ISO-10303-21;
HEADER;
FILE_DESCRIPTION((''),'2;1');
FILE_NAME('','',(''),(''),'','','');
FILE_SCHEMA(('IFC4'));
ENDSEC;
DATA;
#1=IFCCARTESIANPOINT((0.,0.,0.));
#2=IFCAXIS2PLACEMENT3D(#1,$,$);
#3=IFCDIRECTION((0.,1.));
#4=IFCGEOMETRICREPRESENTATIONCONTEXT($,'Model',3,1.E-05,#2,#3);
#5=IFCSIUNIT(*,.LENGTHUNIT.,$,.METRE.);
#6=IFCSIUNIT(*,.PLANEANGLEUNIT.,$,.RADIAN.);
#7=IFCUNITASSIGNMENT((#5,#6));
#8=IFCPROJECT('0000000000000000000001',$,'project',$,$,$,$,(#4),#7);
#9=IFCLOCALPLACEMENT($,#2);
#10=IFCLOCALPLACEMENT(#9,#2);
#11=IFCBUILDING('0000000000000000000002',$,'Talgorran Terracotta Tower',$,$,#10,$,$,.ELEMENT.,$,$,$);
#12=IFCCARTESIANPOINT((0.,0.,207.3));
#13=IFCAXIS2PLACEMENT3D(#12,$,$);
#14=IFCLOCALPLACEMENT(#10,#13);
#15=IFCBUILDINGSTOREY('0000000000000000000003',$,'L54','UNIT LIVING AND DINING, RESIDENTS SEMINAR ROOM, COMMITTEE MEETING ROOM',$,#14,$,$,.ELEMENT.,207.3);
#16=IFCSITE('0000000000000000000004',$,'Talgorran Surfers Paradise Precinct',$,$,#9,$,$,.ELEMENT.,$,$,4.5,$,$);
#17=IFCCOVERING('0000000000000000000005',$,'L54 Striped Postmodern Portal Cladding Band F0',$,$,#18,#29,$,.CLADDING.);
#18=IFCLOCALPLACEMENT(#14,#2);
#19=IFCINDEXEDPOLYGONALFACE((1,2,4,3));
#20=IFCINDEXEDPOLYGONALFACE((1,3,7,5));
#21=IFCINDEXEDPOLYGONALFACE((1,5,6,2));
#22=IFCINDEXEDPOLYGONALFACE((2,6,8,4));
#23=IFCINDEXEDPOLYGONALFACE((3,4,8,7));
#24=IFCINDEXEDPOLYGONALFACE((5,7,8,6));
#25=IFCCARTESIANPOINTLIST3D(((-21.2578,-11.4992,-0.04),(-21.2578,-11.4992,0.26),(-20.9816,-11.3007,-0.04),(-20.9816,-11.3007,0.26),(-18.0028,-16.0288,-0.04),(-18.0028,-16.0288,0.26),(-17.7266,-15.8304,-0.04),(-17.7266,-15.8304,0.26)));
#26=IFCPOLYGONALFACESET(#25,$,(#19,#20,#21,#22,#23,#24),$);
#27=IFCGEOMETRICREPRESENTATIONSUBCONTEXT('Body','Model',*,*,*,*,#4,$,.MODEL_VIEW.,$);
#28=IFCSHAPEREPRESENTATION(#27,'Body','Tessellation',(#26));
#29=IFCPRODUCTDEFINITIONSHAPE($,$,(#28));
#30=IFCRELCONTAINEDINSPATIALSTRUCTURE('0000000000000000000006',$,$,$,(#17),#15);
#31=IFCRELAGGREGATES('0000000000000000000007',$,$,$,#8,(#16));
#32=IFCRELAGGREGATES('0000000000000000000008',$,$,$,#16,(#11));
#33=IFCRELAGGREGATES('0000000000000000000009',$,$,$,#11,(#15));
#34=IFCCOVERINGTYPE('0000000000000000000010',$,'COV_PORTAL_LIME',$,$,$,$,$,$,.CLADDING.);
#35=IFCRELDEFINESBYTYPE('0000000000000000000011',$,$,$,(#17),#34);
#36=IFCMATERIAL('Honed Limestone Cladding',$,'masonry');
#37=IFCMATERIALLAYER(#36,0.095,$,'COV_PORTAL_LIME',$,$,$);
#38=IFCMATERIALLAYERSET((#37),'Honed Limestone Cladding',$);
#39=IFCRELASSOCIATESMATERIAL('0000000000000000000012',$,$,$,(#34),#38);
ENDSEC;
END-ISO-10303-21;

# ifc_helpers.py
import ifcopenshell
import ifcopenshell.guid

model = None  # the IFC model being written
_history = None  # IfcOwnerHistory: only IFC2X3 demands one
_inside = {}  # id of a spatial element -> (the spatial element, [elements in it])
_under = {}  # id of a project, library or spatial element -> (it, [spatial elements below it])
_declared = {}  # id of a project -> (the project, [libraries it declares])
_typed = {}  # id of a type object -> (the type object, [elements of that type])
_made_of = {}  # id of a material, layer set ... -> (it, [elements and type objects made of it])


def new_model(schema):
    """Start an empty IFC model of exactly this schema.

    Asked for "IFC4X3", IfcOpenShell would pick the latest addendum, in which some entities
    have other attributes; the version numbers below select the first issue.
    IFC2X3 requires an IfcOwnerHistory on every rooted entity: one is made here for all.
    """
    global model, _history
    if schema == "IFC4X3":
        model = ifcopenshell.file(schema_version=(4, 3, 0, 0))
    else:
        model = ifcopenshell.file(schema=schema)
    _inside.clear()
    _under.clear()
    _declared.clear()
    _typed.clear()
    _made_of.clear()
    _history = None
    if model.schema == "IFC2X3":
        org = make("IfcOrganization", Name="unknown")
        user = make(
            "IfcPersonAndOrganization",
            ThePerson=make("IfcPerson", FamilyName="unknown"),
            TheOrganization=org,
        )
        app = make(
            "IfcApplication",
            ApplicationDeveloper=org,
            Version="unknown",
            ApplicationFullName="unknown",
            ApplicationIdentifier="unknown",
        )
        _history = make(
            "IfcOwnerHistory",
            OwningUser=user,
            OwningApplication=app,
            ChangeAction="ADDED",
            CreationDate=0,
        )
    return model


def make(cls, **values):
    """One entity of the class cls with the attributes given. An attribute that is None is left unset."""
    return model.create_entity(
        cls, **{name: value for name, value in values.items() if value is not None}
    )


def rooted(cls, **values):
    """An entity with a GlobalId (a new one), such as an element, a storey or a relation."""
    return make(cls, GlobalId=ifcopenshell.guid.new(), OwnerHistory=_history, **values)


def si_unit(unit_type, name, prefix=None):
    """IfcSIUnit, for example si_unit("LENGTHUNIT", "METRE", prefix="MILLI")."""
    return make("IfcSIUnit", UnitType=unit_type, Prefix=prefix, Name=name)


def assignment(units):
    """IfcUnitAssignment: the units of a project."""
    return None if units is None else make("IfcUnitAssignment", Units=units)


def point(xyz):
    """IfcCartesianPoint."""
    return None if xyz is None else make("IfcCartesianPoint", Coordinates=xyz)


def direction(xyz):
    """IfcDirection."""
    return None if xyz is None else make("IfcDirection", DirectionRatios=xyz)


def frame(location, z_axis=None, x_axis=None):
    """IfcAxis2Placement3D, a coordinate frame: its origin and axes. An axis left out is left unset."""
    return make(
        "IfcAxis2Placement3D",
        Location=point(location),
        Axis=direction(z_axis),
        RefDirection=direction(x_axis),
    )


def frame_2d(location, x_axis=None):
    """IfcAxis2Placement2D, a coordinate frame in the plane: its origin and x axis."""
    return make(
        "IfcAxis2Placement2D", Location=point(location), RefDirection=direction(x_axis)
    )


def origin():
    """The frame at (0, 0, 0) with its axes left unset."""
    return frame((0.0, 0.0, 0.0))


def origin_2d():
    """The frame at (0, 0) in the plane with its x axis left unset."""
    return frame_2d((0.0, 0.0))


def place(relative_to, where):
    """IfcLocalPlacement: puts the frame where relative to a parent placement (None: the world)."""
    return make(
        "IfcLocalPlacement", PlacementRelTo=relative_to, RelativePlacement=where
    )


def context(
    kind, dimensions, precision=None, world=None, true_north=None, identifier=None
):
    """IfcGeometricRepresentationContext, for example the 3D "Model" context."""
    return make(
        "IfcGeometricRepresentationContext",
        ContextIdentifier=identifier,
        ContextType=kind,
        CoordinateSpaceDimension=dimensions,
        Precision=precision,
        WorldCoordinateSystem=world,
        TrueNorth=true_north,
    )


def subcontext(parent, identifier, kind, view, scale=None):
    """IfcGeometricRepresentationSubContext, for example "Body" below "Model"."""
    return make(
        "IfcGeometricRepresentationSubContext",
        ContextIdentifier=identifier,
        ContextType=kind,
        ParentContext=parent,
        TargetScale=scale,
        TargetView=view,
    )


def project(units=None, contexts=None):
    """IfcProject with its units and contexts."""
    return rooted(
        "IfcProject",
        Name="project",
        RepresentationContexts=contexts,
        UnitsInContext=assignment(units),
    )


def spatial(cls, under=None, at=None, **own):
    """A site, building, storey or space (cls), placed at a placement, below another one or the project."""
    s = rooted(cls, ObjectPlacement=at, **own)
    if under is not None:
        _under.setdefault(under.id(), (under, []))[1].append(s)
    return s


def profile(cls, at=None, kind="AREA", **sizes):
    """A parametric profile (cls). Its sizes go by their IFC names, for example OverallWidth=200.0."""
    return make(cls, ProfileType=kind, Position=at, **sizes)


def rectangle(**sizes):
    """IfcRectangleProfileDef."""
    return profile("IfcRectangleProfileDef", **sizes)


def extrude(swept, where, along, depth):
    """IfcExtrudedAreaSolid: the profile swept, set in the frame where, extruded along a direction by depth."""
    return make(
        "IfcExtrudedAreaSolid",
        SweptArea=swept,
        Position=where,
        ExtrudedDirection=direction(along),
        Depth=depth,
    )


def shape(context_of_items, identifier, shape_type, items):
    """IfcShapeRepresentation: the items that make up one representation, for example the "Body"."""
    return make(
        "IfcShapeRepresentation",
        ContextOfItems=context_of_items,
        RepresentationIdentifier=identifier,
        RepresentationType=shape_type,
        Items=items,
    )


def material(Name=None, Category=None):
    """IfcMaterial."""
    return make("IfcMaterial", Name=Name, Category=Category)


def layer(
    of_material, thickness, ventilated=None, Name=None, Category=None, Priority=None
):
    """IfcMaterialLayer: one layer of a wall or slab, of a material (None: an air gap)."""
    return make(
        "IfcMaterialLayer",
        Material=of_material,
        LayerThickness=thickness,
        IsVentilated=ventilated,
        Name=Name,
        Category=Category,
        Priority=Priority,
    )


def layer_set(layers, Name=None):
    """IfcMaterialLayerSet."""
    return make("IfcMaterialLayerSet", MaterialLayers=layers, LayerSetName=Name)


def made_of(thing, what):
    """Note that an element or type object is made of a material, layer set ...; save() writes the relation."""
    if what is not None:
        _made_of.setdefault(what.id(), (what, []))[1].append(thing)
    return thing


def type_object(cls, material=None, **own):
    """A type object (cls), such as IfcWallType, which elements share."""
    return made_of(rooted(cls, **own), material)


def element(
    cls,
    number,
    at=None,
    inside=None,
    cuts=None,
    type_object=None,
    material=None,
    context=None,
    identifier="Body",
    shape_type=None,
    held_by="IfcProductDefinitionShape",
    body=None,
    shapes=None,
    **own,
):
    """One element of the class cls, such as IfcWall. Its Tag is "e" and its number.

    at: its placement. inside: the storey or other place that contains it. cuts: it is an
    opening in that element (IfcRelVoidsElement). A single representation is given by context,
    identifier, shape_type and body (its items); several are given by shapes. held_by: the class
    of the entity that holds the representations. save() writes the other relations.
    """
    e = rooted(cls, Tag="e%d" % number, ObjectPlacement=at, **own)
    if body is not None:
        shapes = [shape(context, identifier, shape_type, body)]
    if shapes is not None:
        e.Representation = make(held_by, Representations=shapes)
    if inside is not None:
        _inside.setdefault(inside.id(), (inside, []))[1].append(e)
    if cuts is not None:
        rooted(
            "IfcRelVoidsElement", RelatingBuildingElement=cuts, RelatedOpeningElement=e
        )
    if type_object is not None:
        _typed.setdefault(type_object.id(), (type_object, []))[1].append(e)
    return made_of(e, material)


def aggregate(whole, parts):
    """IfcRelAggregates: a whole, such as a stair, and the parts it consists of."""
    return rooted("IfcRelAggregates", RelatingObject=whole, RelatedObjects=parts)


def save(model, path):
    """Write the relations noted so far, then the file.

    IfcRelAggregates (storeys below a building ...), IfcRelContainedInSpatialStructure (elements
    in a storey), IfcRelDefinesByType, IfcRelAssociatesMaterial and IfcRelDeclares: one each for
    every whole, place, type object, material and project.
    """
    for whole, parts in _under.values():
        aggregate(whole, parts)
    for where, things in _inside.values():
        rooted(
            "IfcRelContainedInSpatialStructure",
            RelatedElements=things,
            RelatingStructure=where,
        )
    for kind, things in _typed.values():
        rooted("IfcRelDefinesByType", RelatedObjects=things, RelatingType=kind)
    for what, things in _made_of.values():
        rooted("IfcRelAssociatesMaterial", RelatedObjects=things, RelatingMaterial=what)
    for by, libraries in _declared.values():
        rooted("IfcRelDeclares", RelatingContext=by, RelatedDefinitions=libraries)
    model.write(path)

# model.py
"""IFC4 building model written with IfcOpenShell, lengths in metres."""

from ifc_helpers import new_model, si_unit, direction, frame, origin, origin_2d, place, context, subcontext, project, spatial, rectangle, extrude, material, layer, layer_set, type_object, element, save


model = new_model("IFC4")

# Units and contexts
model_context = context("Model", 3, precision=1e-05, world=origin(), true_north=direction((0.0, 1.0)))
body_context = subcontext(model_context, "Body", "Model", "MODEL_VIEW")
ifc_project = project(units=[si_unit("LENGTHUNIT", "METRE"), si_unit("PLANEANGLEUNIT", "RADIAN")], contexts=[model_context])

# Site, building, storey
site_placement = place(None, origin())
site = spatial("IfcSite", under=ifc_project, at=site_placement, Name="Talgorran Surfers Paradise Precinct", CompositionType="ELEMENT", RefElevation=4.5)
building_placement = place(site_placement, origin())
building = spatial("IfcBuilding", under=site, at=building_placement, Name="Talgorran Terracotta Tower", CompositionType="ELEMENT")
storey_placement = place(building_placement, frame((0.0, 0.0, 207.3)))
storey = spatial("IfcBuildingStorey", under=building, at=storey_placement, Name="L54", Description="UNIT LIVING AND DINING, RESIDENTS SEMINAR ROOM, COMMITTEE MEETING ROOM", CompositionType="ELEMENT", Elevation=207.3)

# Covering
ifc_material_1 = material(Name="Honed Limestone Cladding", Category="masonry")
ifc_layer_1 = layer(ifc_material_1, 0.095, Name="COV_PORTAL_LIME")
ifc_layer_set_1 = layer_set([ifc_layer_1], Name="Honed Limestone Cladding")
covering_type_1 = type_object("IfcCoveringType", Name="COV_PORTAL_LIME", PredefinedType="CLADDING", material=ifc_layer_set_1)
covering_1_placement = place(storey_placement, frame((-19.4922, -13.6648, -0.04), z_axis=(0.0, 0.0, 1.0), x_axis=(0.583555, -0.812073, 0.0)))
element("IfcCovering", 1, at=covering_1_placement, inside=storey, type_object=covering_type_1, Name="L54 Striped Postmodern Portal Cladding Band F0", PredefinedType="CLADDING", context=body_context, shape_type="SweptSolid", body=[
    extrude(rectangle(XDim=5.5779, YDim=0.3401, at=origin_2d()), origin(), (0.0, 0.0, 1.0), 0.3),
])

save(model, "model.ifc")
